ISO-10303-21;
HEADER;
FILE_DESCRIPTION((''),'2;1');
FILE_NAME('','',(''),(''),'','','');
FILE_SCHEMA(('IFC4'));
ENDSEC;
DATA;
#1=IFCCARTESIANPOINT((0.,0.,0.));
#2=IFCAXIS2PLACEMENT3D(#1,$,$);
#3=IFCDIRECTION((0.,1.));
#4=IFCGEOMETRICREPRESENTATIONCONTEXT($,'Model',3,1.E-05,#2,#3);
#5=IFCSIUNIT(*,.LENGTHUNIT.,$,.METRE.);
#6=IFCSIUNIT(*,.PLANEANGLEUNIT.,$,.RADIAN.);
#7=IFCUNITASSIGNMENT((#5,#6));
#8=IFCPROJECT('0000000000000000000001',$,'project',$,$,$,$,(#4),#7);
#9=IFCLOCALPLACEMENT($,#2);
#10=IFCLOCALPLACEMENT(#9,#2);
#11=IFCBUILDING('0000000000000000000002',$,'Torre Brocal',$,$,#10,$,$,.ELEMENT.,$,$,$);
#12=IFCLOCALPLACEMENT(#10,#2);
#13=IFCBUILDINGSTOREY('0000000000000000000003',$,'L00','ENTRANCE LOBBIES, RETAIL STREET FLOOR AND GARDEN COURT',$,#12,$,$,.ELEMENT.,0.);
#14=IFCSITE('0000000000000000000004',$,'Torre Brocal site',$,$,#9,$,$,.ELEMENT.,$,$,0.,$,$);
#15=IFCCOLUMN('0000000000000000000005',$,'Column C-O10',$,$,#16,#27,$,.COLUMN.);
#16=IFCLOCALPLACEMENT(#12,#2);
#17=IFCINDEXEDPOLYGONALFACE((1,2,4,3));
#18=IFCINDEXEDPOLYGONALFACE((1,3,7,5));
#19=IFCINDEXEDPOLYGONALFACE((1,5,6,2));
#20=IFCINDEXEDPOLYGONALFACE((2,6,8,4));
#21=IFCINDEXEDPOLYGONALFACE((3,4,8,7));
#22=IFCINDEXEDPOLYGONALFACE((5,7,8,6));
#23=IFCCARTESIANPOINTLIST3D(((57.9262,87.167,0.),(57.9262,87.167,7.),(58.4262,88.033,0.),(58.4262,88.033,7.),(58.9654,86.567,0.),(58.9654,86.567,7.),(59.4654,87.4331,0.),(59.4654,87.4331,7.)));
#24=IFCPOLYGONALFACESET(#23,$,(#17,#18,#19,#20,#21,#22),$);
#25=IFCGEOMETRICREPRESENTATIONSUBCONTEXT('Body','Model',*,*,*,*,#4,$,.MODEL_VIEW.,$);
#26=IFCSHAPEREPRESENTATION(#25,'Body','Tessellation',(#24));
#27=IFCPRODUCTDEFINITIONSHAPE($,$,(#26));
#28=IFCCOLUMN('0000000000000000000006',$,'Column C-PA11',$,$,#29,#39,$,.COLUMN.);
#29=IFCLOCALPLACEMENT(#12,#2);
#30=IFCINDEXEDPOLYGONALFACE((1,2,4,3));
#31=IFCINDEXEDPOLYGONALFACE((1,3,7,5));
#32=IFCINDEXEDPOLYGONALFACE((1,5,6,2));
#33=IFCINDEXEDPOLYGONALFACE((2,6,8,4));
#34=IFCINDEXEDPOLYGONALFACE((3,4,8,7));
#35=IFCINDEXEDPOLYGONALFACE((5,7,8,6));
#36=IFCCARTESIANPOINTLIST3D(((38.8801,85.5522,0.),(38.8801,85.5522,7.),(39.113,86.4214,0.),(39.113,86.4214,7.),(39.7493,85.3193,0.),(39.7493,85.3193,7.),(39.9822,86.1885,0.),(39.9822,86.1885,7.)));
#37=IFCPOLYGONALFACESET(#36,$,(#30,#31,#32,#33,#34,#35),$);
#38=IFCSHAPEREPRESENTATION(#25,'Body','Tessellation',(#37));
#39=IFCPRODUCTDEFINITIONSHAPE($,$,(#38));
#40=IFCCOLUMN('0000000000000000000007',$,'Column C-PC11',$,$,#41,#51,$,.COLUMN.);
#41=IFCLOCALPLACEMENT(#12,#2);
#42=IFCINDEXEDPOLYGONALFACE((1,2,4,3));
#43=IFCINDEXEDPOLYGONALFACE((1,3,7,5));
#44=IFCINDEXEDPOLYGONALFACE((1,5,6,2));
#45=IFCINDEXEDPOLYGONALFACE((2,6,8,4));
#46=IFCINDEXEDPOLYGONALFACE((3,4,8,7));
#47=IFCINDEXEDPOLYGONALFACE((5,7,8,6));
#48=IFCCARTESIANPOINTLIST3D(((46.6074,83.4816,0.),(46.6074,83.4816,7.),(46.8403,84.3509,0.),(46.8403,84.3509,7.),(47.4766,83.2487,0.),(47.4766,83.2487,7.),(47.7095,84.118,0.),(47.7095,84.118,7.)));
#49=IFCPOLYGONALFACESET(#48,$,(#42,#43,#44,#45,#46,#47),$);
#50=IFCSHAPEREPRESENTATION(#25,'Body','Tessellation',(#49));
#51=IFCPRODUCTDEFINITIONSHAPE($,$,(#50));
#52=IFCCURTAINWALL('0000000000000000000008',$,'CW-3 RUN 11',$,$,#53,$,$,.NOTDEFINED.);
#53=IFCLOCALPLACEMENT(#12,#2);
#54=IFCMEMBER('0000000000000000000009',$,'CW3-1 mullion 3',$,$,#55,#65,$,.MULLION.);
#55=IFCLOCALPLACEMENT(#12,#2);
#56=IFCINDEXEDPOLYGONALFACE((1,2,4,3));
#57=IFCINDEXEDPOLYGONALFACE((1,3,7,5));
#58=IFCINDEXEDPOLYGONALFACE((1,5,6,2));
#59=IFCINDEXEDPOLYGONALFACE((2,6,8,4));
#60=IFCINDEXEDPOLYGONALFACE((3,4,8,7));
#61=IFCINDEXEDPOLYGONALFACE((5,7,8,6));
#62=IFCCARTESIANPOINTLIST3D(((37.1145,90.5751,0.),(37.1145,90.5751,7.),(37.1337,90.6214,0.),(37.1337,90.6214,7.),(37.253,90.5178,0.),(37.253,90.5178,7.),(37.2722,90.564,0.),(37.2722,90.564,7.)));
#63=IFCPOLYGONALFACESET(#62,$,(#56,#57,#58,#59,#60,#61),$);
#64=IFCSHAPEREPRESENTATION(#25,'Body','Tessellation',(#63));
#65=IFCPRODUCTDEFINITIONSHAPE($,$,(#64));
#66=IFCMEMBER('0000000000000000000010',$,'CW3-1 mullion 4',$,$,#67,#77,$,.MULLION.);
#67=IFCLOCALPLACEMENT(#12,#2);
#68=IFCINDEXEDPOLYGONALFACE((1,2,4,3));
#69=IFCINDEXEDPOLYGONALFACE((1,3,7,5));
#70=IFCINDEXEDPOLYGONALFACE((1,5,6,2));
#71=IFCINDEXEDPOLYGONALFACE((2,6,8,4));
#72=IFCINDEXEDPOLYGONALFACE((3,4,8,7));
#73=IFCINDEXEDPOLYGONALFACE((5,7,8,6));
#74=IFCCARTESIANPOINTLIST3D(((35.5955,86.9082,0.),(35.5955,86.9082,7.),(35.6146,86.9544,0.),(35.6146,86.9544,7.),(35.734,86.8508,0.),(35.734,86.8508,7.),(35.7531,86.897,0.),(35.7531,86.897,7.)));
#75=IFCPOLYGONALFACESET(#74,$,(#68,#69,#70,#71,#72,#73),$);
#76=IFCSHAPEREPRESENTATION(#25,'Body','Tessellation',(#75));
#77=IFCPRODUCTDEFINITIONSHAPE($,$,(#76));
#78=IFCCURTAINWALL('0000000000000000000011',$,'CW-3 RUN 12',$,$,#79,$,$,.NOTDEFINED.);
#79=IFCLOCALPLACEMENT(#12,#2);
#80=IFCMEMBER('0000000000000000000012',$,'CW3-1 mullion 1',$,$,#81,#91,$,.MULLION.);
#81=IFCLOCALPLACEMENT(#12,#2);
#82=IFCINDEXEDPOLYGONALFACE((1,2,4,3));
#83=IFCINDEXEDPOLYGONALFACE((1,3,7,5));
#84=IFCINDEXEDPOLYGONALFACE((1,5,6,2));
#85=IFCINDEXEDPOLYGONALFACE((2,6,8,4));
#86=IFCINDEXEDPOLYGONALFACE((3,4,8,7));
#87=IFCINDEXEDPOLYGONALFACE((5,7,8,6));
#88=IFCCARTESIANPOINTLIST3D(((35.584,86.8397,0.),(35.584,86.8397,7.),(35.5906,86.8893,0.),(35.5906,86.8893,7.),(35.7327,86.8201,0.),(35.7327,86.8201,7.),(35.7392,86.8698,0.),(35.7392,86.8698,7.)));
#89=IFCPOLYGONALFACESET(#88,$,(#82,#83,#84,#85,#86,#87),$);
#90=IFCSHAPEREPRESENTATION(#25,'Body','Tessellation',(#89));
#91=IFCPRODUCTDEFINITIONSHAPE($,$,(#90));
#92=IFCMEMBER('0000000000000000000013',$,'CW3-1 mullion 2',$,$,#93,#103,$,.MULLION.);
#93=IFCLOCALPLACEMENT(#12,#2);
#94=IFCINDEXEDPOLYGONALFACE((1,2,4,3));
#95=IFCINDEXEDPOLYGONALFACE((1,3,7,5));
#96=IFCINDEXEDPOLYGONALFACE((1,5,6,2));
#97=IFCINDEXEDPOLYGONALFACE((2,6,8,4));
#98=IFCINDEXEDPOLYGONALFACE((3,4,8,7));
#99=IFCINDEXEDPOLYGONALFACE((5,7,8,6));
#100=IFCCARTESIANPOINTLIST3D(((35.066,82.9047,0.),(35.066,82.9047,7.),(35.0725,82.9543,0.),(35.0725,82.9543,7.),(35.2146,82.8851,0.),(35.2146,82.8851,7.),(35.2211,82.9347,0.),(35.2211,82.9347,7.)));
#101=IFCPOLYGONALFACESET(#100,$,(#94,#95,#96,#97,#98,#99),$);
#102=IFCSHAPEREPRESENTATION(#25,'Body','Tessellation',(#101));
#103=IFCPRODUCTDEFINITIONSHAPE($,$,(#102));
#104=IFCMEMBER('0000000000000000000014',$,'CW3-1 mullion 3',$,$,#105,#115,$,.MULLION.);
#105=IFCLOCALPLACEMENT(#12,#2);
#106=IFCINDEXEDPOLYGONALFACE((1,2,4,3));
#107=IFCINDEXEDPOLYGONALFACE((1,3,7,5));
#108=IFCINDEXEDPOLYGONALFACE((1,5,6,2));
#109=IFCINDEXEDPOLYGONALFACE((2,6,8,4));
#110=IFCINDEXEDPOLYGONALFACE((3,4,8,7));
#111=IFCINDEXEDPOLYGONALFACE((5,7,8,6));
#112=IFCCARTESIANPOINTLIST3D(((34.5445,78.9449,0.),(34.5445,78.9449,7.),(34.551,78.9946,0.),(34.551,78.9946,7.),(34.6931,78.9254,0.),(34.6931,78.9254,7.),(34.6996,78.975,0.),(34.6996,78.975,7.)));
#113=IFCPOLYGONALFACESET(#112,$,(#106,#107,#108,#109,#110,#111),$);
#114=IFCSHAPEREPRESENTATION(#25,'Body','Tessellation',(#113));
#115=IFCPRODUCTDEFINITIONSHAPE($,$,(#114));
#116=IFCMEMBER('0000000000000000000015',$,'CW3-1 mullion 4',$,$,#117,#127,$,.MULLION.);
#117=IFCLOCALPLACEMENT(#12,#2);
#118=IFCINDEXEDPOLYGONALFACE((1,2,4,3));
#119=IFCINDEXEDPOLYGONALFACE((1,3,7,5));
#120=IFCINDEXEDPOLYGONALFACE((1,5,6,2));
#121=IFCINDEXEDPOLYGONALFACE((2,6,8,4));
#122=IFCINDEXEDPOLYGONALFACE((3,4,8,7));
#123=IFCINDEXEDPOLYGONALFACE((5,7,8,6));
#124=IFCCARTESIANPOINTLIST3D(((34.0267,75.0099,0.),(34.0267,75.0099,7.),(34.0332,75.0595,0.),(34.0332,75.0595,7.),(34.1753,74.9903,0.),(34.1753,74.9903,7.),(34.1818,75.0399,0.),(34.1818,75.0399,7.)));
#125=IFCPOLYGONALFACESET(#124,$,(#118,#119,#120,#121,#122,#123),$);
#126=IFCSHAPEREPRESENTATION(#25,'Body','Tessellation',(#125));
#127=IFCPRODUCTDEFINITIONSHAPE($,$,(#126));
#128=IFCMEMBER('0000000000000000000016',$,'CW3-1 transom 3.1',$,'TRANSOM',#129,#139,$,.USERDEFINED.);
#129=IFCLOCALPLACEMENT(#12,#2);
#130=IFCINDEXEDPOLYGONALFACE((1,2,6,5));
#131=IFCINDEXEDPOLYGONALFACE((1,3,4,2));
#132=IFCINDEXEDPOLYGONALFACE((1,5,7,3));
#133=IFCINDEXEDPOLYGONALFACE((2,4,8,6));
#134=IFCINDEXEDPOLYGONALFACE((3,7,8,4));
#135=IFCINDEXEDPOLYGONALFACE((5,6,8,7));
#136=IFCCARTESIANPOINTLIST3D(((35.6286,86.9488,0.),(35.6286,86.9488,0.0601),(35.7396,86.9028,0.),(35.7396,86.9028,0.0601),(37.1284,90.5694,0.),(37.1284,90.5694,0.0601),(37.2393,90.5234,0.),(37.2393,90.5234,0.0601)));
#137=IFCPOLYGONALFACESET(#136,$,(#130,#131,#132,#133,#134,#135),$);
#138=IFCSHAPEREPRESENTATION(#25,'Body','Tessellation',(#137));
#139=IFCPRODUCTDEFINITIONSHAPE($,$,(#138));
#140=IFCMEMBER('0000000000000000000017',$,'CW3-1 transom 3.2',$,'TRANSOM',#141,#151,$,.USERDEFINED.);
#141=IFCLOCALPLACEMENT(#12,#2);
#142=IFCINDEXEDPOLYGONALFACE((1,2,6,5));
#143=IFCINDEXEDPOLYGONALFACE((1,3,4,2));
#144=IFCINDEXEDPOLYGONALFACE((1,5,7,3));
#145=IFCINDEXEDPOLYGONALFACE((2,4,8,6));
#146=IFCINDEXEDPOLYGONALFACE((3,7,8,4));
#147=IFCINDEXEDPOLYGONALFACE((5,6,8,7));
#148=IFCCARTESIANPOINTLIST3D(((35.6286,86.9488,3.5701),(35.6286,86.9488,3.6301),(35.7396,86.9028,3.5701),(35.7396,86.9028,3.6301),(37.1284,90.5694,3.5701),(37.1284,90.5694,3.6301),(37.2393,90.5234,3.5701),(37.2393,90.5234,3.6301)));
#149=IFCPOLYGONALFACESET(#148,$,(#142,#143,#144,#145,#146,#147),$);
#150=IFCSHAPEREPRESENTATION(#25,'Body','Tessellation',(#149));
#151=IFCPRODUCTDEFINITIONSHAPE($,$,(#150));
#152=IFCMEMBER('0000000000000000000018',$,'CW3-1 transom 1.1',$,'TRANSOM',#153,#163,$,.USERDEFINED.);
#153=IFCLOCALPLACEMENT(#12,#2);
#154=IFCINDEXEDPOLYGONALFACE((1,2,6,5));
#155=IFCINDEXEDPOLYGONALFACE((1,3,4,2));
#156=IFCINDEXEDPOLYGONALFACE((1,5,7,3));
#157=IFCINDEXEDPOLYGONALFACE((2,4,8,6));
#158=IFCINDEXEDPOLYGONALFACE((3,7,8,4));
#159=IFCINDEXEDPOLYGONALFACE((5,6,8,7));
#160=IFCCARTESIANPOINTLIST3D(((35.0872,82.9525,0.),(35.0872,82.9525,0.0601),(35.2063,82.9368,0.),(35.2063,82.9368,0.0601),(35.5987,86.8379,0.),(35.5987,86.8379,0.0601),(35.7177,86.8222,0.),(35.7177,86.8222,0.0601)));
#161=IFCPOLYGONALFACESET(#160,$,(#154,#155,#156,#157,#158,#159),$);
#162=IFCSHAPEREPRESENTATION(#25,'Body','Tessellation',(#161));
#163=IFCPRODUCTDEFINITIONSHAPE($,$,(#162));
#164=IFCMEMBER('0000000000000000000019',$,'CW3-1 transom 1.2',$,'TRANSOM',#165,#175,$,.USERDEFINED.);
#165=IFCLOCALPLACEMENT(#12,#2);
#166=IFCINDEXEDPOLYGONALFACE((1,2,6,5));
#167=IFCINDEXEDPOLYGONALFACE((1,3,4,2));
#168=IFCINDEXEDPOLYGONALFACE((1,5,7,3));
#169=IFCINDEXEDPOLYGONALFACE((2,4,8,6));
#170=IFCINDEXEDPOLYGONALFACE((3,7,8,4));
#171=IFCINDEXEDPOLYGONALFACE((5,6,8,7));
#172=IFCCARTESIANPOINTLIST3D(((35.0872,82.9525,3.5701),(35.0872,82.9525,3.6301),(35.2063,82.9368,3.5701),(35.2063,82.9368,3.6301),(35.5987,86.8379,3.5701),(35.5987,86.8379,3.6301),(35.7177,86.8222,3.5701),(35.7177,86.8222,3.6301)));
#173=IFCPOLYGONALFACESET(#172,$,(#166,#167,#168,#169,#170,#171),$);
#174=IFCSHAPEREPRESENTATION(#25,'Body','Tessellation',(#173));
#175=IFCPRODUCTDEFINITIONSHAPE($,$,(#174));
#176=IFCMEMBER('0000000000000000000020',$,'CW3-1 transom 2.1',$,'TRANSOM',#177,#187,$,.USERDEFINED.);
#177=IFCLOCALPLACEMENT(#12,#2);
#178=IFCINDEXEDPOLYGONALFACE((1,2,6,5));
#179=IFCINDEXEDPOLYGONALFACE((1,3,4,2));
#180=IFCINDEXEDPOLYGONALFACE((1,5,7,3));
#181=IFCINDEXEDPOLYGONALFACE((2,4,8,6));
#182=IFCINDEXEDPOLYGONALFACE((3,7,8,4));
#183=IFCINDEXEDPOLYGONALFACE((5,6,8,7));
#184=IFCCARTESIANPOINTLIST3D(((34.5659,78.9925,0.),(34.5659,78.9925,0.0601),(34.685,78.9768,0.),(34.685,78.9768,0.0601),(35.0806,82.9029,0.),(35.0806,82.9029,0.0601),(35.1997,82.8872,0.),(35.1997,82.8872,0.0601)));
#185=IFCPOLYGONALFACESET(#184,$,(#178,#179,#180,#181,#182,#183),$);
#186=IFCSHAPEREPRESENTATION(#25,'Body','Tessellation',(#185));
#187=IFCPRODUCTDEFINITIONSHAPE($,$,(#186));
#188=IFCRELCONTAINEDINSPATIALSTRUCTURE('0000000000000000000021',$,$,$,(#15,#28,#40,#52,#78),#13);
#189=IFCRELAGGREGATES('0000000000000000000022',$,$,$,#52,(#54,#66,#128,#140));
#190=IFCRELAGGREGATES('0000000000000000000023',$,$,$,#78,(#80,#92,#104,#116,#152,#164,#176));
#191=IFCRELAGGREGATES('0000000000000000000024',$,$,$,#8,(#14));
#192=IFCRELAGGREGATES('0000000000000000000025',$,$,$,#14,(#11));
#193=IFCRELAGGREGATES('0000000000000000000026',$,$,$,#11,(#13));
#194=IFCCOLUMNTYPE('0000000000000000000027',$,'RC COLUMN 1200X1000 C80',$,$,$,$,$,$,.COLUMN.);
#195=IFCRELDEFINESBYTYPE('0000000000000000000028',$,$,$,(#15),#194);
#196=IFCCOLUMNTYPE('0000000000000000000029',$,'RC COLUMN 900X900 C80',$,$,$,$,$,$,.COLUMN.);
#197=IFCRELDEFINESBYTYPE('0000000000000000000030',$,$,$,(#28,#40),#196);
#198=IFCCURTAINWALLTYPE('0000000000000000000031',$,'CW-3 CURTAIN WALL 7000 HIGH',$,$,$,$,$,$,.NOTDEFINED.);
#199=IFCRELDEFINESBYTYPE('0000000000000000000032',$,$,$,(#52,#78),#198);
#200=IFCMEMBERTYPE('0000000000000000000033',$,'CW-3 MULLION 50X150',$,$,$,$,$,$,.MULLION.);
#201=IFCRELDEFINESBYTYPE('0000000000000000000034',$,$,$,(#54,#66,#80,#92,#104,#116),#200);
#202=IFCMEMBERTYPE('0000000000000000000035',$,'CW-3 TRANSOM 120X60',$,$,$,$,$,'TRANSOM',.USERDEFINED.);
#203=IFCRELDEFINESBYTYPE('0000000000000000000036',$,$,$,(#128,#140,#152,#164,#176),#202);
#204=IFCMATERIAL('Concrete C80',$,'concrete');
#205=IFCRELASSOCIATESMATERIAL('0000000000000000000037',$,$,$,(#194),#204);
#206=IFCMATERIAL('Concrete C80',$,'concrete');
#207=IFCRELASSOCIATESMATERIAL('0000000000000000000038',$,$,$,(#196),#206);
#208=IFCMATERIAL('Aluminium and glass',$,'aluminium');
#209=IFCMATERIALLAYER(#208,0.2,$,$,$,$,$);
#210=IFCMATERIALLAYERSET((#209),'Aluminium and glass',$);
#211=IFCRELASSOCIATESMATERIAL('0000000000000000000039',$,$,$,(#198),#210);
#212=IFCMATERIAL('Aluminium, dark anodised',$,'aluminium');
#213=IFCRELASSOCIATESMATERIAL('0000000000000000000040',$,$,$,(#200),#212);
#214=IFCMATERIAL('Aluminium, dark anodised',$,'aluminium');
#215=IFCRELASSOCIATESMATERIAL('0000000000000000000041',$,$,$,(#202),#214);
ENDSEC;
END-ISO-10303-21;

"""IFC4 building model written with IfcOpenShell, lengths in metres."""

from ifc_helpers import new_model, si_unit, direction, frame, origin, origin_2d, place, context, subcontext, project, spatial, rectangle, extrude, material, layer, layer_set, material_profile, profile_set, type_object, element, aggregate, save


model = new_model("IFC4")

# Units and contexts
model_context = context("Model", 3, precision=1e-05, world=origin(), true_north=direction((0.0, 1.0)))
body_context = subcontext(model_context, "Body", "Model", "MODEL_VIEW")
ifc_project = project(units=[si_unit("LENGTHUNIT", "METRE"), si_unit("PLANEANGLEUNIT", "RADIAN")], contexts=[model_context])

# Site, building, storey
site_placement = place(None, origin())
site = spatial("IfcSite", under=ifc_project, at=site_placement, Name="Torre Brocal site", CompositionType="ELEMENT", RefElevation=0.0)
building_placement = place(site_placement, origin())
building = spatial("IfcBuilding", under=site, at=building_placement, Name="Torre Brocal", CompositionType="ELEMENT")
storey_placement = place(building_placement, origin())
storey = spatial("IfcBuildingStorey", under=building, at=storey_placement, Name="L00", Description="ENTRANCE LOBBIES, RETAIL STREET FLOOR AND GARDEN COURT", CompositionType="ELEMENT", Elevation=0.0)

# Columns
ifc_material_1 = material(Name="Concrete C80", Category="concrete")
ifc_material_profile_1 = material_profile(ifc_material_1, rectangle(XDim=1.2, YDim=1.0, at=origin_2d()), Name="RC 1200X1000")
ifc_profile_set_1 = profile_set([ifc_material_profile_1], Name="Concrete C80")
column_type_1 = type_object("IfcColumnType", Name="RC COLUMN 1200X1000 C80", PredefinedType="COLUMN", material=ifc_profile_set_1)
column_placement = place(storey_placement, frame((58.6958, 87.3, 0.0), z_axis=(0.0, 0.0, 1.0), x_axis=(-0.866025, 0.5, 0.0)))
element("IfcColumn", 1, at=column_placement, inside=storey, type_object=column_type_1, Name="Column C-O10", PredefinedType="COLUMN", context=body_context, shape_type="SweptSolid", body=[
    extrude(rectangle(XDim=1.2, YDim=1.0, at=origin_2d()), origin(), (0.0, 0.0, 1.0), 7.0),
])
ifc_material_2 = material(Name="Concrete C80", Category="concrete")
ifc_material_profile_2 = material_profile(ifc_material_2, rectangle(XDim=0.8999, YDim=0.8999, at=origin_2d()), Name="RC 900X900")
ifc_profile_set_2 = profile_set([ifc_material_profile_2], Name="Concrete C80")
column_type_2 = type_object("IfcColumnType", Name="RC COLUMN 900X900 C80", PredefinedType="COLUMN", material=ifc_profile_set_2)
for number, where, z_axis, x_axis, name in (
    (2, (39.4312, 85.8704, 0.0), (0.0, 0.0, 1.0), (-0.965926, 0.258819, 0.0), "Column C-PA11"),
    (3, (47.1584, 83.7998, 0.0), (0.0, 0.0, 1.0), (-0.965926, 0.258819, 0.0), "Column C-PC11"),
):
    element("IfcColumn", number, at=place(storey_placement, frame(where, z_axis=z_axis, x_axis=x_axis)), inside=storey, type_object=column_type_2, Name=name, PredefinedType="COLUMN", context=body_context, shape_type="SweptSolid", body=[
        extrude(rectangle(XDim=0.8999, YDim=0.8999, at=origin_2d()), origin(), (0.0, 0.0, 1.0), 7.0),
    ])

# Curtain walls, members
ifc_material_3 = material(Name="Aluminium and glass", Category="aluminium")
ifc_layer_1 = layer(ifc_material_3, 0.2)
ifc_layer_set_1 = layer_set([ifc_layer_1], Name="Aluminium and glass")
curtain_wall_type = type_object("IfcCurtainWallType", Name="CW-3 CURTAIN WALL 7000 HIGH", PredefinedType="NOTDEFINED", material=ifc_layer_set_1)
curtain_wall_1_placement = place(storey_placement, origin())
curtain_wall_1 = element("IfcCurtainWall", 4, at=curtain_wall_1_placement, inside=storey, type_object=curtain_wall_type, Name="CW-3 RUN 11", PredefinedType="NOTDEFINED")
ifc_material_4 = material(Name="Aluminium, dark anodised", Category="aluminium")
ifc_material_profile_3 = material_profile(ifc_material_4, rectangle(XDim=0.1499, YDim=0.05, at=origin_2d()), Name="CW-3 MULLION 50X150")
ifc_profile_set_3 = profile_set([ifc_material_profile_3], Name="Aluminium, dark anodised")
member_type_1 = type_object("IfcMemberType", Name="CW-3 MULLION 50X150", PredefinedType="MULLION", material=ifc_profile_set_3)
member_1_placement = place(storey_placement, frame((37.1934, 90.5696, 0.0), z_axis=(0.0, 0.0, 1.0), x_axis=(0.92388, -0.382683, 0.0)))
member_1 = element("IfcMember", 5, at=member_1_placement, type_object=member_type_1, Name="CW3-1 mullion 3", PredefinedType="MULLION", context=body_context, shape_type="SweptSolid", body=[
    extrude(rectangle(XDim=0.1499, YDim=0.05, at=origin_2d()), origin(), (0.0, 0.0, 1.0), 7.0),
])
member_2_placement = place(storey_placement, frame((35.6743, 86.9026, 0.0), z_axis=(0.0, 0.0, 1.0), x_axis=(0.92388, -0.382683, 0.0)))
member_2 = element("IfcMember", 6, at=member_2_placement, type_object=member_type_1, Name="CW3-1 mullion 4", PredefinedType="MULLION", context=body_context, shape_type="SweptSolid", body=[
    extrude(rectangle(XDim=0.1499, YDim=0.05, at=origin_2d()), origin(), (0.0, 0.0, 1.0), 7.0),
])
curtain_wall_2_placement = place(storey_placement, origin())
curtain_wall_2 = element("IfcCurtainWall", 7, at=curtain_wall_2_placement, inside=storey, type_object=curtain_wall_type, Name="CW-3 RUN 12", PredefinedType="NOTDEFINED")
member_3_placement = place(storey_placement, frame((35.6616, 86.8547, 0.0), z_axis=(0.0, 0.0, 1.0), x_axis=(0.991445, -0.130526, 0.0)))
member_3 = element("IfcMember", 8, at=member_3_placement, type_object=member_type_1, Name="CW3-1 mullion 1", PredefinedType="MULLION", context=body_context, shape_type="SweptSolid", body=[
    extrude(rectangle(XDim=0.1499, YDim=0.05, at=origin_2d()), origin(), (0.0, 0.0, 1.0), 7.0),
])
member_4_placement = place(storey_placement, frame((35.1436, 82.9197, 0.0), z_axis=(0.0, 0.0, 1.0), x_axis=(0.991445, -0.130526, 0.0)))
member_4 = element("IfcMember", 9, at=member_4_placement, type_object=member_type_1, Name="CW3-1 mullion 2", PredefinedType="MULLION", context=body_context, shape_type="SweptSolid", body=[
    extrude(rectangle(XDim=0.1499, YDim=0.05, at=origin_2d()), origin(), (0.0, 0.0, 1.0), 7.0),
])
member_5_placement = place(storey_placement, frame((34.6221, 78.96, 0.0), z_axis=(0.0, 0.0, 1.0), x_axis=(0.991445, -0.130526, 0.0)))
member_5 = element("IfcMember", 10, at=member_5_placement, type_object=member_type_1, Name="CW3-1 mullion 3", PredefinedType="MULLION", context=body_context, shape_type="SweptSolid", body=[
    extrude(rectangle(XDim=0.1499, YDim=0.05, at=origin_2d()), origin(), (0.0, 0.0, 1.0), 7.0),
])
member_6_placement = place(storey_placement, frame((34.1042, 75.0249, 0.0), z_axis=(0.0, 0.0, 1.0), x_axis=(0.991445, -0.130526, 0.0)))
member_6 = element("IfcMember", 11, at=member_6_placement, type_object=member_type_1, Name="CW3-1 mullion 4", PredefinedType="MULLION", context=body_context, shape_type="SweptSolid", body=[
    extrude(rectangle(XDim=0.1499, YDim=0.05, at=origin_2d()), origin(), (0.0, 0.0, 1.0), 7.0),
])

# Members
ifc_material_5 = material(Name="Aluminium, dark anodised", Category="aluminium")
ifc_material_profile_4 = material_profile(ifc_material_5, rectangle(XDim=0.1201, YDim=0.0601, at=origin_2d()), Name="CW-3 TRANSOM 120X60")
ifc_profile_set_4 = profile_set([ifc_material_profile_4], Name="Aluminium, dark anodised")
member_type_2 = type_object("IfcMemberType", Name="CW-3 TRANSOM 120X60", ElementType="TRANSOM", PredefinedType="USERDEFINED", material=ifc_profile_set_4)
member_7_placement = place(storey_placement, frame((37.1838, 90.5464, 0.03), z_axis=(-0.382695, -0.923875, 0.0), x_axis=(0.923875, -0.382695, 0.0)))
member_7 = element("IfcMember", 12, at=member_7_placement, type_object=member_type_2, Name="CW3-1 transom 3.1", ObjectType="TRANSOM", PredefinedType="USERDEFINED", context=body_context, shape_type="SweptSolid", body=[
    extrude(rectangle(XDim=0.1201, YDim=0.0601, at=origin_2d()), origin(), (0.0, 0.0, 1.0), 3.9189),
])
member_8_placement = place(storey_placement, frame((37.1838, 90.5464, 3.6001), z_axis=(-0.382695, -0.923875, 0.0), x_axis=(0.923875, -0.382695, 0.0)))
member_8 = element("IfcMember", 13, at=member_8_placement, type_object=member_type_2, Name="CW3-1 transom 3.2", ObjectType="TRANSOM", PredefinedType="USERDEFINED", context=body_context, shape_type="SweptSolid", body=[
    extrude(rectangle(XDim=0.1201, YDim=0.0601, at=origin_2d()), origin(), (0.0, 0.0, 1.0), 3.9189),
])
member_9_placement = place(storey_placement, frame((35.6582, 86.8301, 0.03), z_axis=(-0.130511, -0.991447, 0.0), x_axis=(0.991447, -0.130511, 0.0)))
member_9 = element("IfcMember", 14, at=member_9_placement, type_object=member_type_2, Name="CW3-1 transom 1.1", ObjectType="TRANSOM", PredefinedType="USERDEFINED", context=body_context, shape_type="SweptSolid", body=[
    extrude(rectangle(XDim=0.1201, YDim=0.0601, at=origin_2d()), origin(), (0.0, 0.0, 1.0), 3.9189),
])
member_10_placement = place(storey_placement, frame((35.6582, 86.8301, 3.6001), z_axis=(-0.130511, -0.991447, 0.0), x_axis=(0.991447, -0.130511, 0.0)))
member_10 = element("IfcMember", 15, at=member_10_placement, type_object=member_type_2, Name="CW3-1 transom 1.2", ObjectType="TRANSOM", PredefinedType="USERDEFINED", context=body_context, shape_type="SweptSolid", body=[
    extrude(rectangle(XDim=0.1201, YDim=0.0601, at=origin_2d()), origin(), (0.0, 0.0, 1.0), 3.9189),
])
member_11_placement = place(storey_placement, frame((35.1401, 82.895, 0.03), z_axis=(-0.130485, -0.99145, 0.0), x_axis=(0.99145, -0.130485, 0.0)))
member_11 = element("IfcMember", 16, at=member_11_placement, type_object=member_type_2, Name="CW3-1 transom 2.1", ObjectType="TRANSOM", PredefinedType="USERDEFINED", context=body_context, shape_type="SweptSolid", body=[
    extrude(rectangle(XDim=0.1201, YDim=0.0601, at=origin_2d()), origin(), (0.0, 0.0, 1.0), 3.9441),
])

aggregate(curtain_wall_1, [member_1, member_2, member_7, member_8])
aggregate(curtain_wall_2, [member_3, member_4, member_5, member_6, member_9, member_10, member_11])

save(model, "model.ifc")
